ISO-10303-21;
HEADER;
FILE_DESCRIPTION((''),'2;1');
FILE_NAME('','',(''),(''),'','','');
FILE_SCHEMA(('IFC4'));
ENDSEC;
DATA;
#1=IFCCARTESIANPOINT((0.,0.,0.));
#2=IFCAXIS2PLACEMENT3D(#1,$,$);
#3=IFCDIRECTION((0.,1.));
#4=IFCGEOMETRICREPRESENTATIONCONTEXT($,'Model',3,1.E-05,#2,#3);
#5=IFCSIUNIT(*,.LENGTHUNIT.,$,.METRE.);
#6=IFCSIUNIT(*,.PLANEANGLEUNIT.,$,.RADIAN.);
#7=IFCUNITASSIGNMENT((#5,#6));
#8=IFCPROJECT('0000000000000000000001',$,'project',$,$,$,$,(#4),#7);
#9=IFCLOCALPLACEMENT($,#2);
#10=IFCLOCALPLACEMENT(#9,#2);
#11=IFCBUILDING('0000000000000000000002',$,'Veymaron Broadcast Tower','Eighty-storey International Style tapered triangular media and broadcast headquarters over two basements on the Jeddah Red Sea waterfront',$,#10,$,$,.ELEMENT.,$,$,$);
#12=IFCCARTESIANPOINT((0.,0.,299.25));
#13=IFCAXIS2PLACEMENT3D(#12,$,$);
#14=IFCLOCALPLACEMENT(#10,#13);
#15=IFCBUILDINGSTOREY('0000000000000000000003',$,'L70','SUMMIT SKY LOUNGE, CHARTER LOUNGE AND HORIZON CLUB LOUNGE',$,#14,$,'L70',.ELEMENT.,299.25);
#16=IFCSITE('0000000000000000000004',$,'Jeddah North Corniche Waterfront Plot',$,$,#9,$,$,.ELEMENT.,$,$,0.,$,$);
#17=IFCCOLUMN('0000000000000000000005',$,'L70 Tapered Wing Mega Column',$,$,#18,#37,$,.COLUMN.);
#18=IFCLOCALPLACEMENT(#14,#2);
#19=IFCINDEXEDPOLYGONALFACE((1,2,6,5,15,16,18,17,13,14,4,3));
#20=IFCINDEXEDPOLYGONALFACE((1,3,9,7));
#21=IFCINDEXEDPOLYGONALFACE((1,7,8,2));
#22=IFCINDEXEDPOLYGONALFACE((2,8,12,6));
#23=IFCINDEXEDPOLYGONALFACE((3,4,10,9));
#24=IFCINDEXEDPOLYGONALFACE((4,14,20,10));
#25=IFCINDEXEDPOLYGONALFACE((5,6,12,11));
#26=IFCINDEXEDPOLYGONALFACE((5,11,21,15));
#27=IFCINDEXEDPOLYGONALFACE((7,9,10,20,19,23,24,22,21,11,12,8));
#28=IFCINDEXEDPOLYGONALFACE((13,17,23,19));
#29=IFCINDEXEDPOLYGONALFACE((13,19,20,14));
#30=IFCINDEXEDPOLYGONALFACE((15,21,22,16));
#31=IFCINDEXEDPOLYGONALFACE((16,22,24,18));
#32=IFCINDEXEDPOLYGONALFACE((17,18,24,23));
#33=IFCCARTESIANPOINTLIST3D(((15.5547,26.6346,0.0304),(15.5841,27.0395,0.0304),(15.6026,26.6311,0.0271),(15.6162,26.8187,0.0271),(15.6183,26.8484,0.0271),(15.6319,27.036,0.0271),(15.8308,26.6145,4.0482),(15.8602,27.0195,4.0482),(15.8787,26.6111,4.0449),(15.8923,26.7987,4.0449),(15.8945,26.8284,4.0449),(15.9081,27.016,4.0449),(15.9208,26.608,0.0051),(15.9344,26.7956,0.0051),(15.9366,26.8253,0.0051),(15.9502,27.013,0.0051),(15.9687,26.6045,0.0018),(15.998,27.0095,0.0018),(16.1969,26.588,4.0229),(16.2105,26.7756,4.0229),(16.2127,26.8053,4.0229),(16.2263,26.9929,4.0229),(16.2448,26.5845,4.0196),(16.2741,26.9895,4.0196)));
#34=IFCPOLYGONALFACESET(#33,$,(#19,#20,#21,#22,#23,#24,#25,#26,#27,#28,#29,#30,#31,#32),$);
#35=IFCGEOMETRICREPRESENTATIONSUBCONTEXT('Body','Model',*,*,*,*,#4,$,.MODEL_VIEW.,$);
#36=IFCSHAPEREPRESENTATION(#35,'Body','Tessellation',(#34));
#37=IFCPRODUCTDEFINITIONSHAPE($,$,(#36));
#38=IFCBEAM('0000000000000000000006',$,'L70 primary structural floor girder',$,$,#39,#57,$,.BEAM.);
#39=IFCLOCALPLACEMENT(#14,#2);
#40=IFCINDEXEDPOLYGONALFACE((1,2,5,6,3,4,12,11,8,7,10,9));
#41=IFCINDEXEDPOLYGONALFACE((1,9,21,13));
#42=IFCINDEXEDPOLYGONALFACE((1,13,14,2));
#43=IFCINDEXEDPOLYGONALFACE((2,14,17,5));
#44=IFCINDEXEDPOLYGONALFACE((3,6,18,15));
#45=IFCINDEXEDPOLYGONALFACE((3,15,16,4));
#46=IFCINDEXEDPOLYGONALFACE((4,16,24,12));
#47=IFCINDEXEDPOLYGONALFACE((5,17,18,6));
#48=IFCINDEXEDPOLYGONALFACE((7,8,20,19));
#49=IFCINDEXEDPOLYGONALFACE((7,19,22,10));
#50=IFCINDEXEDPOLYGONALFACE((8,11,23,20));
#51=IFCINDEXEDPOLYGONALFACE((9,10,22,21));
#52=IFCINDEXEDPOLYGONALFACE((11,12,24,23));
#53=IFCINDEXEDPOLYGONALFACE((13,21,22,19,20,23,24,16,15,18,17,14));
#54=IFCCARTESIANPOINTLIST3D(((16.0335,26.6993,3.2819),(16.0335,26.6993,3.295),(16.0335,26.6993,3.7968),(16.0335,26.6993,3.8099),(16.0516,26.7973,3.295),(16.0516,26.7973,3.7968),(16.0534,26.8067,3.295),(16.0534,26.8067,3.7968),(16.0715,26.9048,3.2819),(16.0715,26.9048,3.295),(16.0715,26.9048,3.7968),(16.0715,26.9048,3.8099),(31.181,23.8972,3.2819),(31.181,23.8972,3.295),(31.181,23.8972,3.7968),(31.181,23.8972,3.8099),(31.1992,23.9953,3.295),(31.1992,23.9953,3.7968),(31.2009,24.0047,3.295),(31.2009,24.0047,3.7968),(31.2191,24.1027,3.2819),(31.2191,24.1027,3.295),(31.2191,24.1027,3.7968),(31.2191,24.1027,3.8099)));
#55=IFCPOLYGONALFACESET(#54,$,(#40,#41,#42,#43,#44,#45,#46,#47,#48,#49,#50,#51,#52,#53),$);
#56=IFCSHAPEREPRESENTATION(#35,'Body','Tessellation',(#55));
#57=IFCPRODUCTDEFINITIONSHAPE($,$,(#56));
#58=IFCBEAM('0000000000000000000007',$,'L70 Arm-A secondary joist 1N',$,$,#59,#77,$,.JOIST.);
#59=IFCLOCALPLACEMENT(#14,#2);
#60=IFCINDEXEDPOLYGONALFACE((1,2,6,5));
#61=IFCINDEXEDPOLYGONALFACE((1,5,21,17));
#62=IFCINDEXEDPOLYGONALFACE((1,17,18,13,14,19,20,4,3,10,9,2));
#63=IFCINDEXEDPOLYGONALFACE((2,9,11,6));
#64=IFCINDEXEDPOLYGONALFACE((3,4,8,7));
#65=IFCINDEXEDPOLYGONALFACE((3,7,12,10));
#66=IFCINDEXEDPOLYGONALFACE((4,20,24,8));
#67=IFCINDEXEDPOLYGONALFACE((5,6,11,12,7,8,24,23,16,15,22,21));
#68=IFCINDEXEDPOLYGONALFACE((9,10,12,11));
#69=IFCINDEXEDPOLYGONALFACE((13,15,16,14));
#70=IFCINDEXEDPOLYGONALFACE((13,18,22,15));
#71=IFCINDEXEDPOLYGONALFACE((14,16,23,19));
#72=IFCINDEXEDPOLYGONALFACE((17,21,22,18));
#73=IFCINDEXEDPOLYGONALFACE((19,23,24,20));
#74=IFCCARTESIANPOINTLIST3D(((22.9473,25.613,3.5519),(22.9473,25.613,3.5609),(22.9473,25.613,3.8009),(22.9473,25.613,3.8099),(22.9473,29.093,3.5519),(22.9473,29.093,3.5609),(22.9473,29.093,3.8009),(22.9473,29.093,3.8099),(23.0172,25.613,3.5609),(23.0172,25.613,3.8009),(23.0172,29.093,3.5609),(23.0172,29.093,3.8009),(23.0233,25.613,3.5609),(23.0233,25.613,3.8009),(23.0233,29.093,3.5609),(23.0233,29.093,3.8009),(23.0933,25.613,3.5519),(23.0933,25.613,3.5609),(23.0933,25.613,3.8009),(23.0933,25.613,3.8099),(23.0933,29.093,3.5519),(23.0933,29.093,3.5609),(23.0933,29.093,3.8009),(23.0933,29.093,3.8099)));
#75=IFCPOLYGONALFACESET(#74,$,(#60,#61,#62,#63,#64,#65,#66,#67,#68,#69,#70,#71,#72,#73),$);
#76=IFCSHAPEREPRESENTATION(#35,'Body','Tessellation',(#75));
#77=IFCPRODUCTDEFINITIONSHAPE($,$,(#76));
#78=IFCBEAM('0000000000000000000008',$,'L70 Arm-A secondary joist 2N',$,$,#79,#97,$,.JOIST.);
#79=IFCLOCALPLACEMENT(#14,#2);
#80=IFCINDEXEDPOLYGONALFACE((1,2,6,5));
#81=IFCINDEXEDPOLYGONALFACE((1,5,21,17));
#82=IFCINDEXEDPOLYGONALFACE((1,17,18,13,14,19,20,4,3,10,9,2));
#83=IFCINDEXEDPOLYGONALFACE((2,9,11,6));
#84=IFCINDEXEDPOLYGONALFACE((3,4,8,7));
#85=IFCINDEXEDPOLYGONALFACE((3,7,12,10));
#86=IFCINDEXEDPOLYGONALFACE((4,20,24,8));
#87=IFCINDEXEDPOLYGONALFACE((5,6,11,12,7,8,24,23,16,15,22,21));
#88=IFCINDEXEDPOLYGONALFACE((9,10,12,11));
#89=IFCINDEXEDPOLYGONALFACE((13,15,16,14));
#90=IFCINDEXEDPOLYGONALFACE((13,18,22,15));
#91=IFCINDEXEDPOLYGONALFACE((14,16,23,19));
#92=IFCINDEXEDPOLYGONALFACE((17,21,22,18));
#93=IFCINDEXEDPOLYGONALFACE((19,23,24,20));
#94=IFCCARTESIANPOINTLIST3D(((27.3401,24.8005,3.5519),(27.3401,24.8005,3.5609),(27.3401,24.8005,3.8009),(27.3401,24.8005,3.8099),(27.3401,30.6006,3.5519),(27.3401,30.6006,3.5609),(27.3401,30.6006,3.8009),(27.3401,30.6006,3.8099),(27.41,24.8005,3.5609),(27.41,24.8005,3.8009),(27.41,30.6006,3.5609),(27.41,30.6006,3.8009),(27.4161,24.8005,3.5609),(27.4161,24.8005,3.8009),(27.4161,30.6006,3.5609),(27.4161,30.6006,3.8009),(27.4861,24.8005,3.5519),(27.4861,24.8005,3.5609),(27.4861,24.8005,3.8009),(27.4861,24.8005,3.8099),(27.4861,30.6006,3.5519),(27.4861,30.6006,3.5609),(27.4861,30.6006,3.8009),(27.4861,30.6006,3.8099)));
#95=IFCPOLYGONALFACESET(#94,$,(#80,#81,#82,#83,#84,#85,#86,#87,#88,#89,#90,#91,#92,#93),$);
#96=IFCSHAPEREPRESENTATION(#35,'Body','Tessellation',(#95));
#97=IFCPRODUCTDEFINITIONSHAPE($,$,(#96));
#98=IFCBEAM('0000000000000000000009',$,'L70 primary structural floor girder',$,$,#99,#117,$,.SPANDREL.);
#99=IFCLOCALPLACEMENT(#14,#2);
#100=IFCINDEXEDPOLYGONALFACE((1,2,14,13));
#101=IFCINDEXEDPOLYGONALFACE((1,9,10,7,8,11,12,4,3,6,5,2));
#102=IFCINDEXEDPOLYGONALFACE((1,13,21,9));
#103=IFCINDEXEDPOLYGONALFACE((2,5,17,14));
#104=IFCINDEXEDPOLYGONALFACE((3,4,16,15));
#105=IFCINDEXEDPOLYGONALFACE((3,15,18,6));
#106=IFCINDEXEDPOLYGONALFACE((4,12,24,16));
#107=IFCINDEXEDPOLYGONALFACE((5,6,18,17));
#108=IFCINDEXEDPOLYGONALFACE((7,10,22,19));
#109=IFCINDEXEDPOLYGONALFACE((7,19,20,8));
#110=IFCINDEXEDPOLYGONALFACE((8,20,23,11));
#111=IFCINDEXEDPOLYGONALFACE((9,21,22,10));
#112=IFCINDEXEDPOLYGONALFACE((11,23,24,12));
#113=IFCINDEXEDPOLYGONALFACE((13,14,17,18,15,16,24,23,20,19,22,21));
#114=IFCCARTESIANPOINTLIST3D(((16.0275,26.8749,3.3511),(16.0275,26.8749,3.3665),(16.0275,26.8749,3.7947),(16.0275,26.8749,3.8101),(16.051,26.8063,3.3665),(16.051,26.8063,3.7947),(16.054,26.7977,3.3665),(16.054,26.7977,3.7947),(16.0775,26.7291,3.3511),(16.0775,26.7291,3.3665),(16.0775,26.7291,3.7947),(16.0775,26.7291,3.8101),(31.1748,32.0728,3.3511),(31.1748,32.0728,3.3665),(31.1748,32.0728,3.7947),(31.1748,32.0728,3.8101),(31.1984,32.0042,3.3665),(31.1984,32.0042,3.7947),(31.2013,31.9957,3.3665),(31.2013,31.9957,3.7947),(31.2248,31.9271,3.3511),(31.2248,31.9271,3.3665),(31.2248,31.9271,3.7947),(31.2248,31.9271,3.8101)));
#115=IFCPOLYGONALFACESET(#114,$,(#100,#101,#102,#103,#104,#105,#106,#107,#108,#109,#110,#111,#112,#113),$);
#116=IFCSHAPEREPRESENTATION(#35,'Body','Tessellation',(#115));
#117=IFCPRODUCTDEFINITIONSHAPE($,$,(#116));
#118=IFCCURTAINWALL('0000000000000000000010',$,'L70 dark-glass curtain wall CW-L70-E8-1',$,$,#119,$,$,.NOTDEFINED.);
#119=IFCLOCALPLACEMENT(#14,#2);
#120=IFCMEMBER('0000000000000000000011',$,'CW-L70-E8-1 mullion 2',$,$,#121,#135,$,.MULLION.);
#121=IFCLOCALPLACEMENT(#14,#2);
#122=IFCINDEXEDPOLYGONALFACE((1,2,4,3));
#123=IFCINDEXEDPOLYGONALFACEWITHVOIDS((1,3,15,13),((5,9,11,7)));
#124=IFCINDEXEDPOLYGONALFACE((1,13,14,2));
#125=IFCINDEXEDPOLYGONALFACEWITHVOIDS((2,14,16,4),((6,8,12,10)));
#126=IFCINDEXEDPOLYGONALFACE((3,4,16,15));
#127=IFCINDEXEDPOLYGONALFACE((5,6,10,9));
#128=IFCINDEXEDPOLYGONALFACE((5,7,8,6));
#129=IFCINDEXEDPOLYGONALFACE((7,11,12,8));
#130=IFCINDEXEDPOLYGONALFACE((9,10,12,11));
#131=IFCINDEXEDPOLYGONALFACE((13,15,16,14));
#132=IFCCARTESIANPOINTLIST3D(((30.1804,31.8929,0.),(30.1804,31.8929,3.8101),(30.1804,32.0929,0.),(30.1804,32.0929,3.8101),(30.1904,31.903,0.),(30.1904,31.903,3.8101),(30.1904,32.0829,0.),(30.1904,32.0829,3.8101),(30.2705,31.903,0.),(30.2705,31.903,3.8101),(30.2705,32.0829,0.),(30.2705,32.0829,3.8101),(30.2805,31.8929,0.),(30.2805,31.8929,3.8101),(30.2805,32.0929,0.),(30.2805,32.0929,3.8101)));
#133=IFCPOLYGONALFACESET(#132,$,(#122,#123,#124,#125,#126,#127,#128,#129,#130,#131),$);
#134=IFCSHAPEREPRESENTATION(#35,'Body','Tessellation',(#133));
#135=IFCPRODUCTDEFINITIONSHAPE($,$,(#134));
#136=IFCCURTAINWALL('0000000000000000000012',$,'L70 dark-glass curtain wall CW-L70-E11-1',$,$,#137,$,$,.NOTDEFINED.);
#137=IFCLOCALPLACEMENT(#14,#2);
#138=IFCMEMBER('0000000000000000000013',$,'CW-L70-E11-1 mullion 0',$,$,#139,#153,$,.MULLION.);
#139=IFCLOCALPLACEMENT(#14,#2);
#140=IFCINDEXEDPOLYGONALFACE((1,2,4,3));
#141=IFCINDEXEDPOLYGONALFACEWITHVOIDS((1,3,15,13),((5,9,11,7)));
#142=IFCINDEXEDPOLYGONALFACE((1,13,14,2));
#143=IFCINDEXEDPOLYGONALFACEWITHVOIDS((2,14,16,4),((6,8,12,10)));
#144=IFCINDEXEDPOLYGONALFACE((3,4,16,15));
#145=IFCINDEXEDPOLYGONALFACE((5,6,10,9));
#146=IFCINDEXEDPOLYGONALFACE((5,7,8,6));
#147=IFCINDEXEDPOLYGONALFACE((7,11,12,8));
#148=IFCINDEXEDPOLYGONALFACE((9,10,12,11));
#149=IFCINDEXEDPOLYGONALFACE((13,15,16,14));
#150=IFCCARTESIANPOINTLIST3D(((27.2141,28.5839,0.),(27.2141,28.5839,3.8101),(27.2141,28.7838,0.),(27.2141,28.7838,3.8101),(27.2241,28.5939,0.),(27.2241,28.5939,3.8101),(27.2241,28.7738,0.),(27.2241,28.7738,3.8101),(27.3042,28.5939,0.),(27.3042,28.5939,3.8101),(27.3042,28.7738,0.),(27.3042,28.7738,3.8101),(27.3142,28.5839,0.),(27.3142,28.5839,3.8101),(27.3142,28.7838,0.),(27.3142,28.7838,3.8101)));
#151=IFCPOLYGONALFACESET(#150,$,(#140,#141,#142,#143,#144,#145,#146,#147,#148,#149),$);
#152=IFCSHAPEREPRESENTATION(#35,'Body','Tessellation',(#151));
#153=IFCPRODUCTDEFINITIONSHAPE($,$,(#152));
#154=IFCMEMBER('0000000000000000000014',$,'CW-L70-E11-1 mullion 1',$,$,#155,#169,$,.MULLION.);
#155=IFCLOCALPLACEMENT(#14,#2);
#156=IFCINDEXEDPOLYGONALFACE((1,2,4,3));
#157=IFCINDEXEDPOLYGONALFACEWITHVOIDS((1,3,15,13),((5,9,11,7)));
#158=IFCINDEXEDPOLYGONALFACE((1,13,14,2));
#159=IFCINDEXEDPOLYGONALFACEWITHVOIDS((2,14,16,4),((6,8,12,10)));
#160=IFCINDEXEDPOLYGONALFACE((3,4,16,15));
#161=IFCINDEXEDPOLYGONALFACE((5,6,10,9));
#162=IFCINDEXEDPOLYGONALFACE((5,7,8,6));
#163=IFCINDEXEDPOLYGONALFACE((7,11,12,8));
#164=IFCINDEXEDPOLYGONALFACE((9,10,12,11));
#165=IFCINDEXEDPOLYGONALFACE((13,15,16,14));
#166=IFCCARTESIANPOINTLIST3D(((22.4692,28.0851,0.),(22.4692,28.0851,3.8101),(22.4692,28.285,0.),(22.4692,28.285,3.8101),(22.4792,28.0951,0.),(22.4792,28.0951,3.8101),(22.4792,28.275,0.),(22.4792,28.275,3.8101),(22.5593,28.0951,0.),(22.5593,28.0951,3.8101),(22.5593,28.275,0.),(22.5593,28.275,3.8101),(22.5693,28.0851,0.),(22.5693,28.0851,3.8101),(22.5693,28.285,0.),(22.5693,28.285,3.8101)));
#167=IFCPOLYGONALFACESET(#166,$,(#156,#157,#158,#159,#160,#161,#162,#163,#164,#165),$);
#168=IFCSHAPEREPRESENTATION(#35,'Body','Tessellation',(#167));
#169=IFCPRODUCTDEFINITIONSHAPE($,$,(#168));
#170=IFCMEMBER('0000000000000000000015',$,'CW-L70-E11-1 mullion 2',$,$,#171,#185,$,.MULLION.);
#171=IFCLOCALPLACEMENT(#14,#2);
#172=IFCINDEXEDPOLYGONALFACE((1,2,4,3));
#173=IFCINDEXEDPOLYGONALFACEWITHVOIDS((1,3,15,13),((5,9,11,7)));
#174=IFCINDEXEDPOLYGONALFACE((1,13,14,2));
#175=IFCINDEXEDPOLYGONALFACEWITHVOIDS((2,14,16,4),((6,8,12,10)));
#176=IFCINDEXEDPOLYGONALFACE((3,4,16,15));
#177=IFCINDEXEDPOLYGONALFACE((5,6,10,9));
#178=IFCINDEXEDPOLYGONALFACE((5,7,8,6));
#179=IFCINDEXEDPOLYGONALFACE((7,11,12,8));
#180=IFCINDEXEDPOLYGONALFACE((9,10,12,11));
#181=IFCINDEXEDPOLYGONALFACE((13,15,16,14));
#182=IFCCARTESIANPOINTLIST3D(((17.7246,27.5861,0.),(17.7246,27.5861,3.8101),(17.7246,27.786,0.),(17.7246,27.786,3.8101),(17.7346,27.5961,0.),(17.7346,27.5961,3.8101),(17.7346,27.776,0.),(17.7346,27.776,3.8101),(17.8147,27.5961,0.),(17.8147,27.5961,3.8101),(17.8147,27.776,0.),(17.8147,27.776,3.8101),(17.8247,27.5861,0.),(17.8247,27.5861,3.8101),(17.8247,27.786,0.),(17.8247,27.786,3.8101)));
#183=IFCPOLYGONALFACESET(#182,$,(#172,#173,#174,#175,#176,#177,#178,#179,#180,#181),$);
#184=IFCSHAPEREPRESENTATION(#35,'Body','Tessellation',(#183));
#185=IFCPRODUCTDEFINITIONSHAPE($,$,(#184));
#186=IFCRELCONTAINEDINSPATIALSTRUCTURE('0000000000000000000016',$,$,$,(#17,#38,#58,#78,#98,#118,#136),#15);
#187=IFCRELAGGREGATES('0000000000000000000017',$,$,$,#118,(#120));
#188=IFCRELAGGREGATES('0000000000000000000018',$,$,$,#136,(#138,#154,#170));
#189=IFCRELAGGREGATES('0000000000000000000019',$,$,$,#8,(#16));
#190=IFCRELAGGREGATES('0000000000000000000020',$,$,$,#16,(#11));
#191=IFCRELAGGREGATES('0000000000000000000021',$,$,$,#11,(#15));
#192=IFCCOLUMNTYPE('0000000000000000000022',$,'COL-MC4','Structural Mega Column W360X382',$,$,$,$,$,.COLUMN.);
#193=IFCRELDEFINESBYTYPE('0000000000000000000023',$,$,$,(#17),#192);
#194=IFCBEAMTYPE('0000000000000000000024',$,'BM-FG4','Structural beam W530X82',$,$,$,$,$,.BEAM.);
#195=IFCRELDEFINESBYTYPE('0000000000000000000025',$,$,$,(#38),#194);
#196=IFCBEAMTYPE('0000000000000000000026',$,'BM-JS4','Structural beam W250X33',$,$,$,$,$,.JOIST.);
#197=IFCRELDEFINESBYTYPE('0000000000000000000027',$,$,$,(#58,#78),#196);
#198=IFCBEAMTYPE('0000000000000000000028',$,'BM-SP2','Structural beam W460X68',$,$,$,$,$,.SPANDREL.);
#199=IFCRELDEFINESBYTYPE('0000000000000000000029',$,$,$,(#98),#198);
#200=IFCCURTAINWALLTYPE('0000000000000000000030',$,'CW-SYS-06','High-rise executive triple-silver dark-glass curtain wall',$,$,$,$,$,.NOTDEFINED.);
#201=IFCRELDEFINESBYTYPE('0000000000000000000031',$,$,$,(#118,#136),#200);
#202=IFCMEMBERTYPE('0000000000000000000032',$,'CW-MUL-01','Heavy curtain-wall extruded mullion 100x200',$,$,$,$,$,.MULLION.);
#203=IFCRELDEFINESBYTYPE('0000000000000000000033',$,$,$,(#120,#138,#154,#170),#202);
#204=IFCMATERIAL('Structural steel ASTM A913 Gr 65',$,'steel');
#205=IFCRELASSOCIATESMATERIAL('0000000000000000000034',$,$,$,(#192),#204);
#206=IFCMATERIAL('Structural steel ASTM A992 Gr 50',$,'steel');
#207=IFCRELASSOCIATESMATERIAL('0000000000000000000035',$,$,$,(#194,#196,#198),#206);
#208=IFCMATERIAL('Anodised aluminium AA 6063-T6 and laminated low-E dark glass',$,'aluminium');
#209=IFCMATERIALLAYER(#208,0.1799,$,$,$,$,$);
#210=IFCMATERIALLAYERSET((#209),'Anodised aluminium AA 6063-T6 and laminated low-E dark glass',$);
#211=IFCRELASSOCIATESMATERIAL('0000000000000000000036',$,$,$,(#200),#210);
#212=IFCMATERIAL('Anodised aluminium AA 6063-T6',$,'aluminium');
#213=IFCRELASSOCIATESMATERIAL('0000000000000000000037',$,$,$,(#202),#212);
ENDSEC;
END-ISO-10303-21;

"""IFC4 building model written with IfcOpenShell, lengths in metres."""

from ifc_helpers import new_model, si_unit, direction, frame, origin, origin_2d, place, context, subcontext, project, spatial, hollow_rectangle, i_section, extrude, material, layer, layer_set, material_profile, profile_set, type_object, element, aggregate, save


model = new_model("IFC4")

# Units and contexts
model_context = context("Model", 3, precision=1e-05, world=origin(), true_north=direction((0.0, 1.0)))
body_context = subcontext(model_context, "Body", "Model", "MODEL_VIEW")
ifc_project = project(units=[si_unit("LENGTHUNIT", "METRE"), si_unit("PLANEANGLEUNIT", "RADIAN")], contexts=[model_context])

# Site, building, storey
site_placement = place(None, origin())
site = spatial("IfcSite", under=ifc_project, at=site_placement, Name="Jeddah North Corniche Waterfront Plot", CompositionType="ELEMENT", RefElevation=0.0)
building_placement = place(site_placement, origin())
building = spatial("IfcBuilding", under=site, at=building_placement, Name="Veymaron Broadcast Tower", Description="Eighty-storey International Style tapered triangular media and broadcast headquarters over two basements on the Jeddah Red Sea waterfront", CompositionType="ELEMENT")
storey_placement = place(building_placement, frame((0.0, 0.0, 299.25)))
storey = spatial("IfcBuildingStorey", under=building, at=storey_placement, Name="L70", Description="SUMMIT SKY LOUNGE, CHARTER LOUNGE AND HORIZON CLUB LOUNGE", LongName="L70", CompositionType="ELEMENT", Elevation=299.25)

# Column
ifc_material_1 = material(Name="Structural steel ASTM A913 Gr 65", Category="steel")
ifc_material_profile_1 = material_profile(ifc_material_1, i_section(OverallWidth=0.406, OverallDepth=0.416, WebThickness=0.0298, FlangeThickness=0.0481, at=origin_2d()), Name="W360X382")
ifc_profile_set_1 = profile_set([ifc_material_profile_1], Name="Structural steel ASTM A913 Gr 65")
column_type = type_object("IfcColumnType", Name="COL-MC4", Description="Structural Mega Column W360X382", PredefinedType="COLUMN", material=ifc_profile_set_1)
column_placement = place(storey_placement, frame((15.7764, 26.822, 0.0161), z_axis=(0.068562, -0.004971, 0.997634), x_axis=(0.072312, 0.997382, 0.0)))
element("IfcColumn", 1, at=column_placement, inside=storey, type_object=column_type, Name="L70 Tapered Wing Mega Column", PredefinedType="COLUMN", context=body_context, shape_type="SweptSolid", body=[
    extrude(i_section(OverallWidth=0.406, OverallDepth=0.416, WebThickness=0.0298, FlangeThickness=0.0481, at=origin_2d()), origin(), (0.0, 0.0, 1.0), 4.0273),
])

# Beams
ifc_material_2 = material(Name="Structural steel ASTM A992 Gr 50", Category="steel")
ifc_material_profile_2 = material_profile(ifc_material_2, i_section(OverallWidth=0.209, OverallDepth=0.5281, WebThickness=0.0095, FlangeThickness=0.0132, at=origin_2d()), Name="W530X82")
ifc_profile_set_2 = profile_set([ifc_material_profile_2], Name="Structural steel ASTM A992 Gr 50")
beam_type_1 = type_object("IfcBeamType", Name="BM-FG4", Description="Structural beam W530X82", PredefinedType="BEAM", material=ifc_profile_set_2)
beam_1_placement = place(storey_placement, frame((16.0525, 26.802, 3.5459), z_axis=(0.983318, -0.181896, 0.0), x_axis=(0.181896, 0.983318, 0.0)))
element("IfcBeam", 2, at=beam_1_placement, inside=storey, type_object=beam_type_1, Name="L70 primary structural floor girder", PredefinedType="BEAM", context=body_context, shape_type="SweptSolid", body=[
    extrude(i_section(OverallWidth=0.209, OverallDepth=0.5281, WebThickness=0.0095, FlangeThickness=0.0132, at=origin_2d()), origin(), (0.0, 0.0, 1.0), 15.4045),
])
ifc_material_profile_3 = material_profile(ifc_material_2, i_section(OverallWidth=0.146, OverallDepth=0.2581, WebThickness=0.0061, FlangeThickness=0.009, at=origin_2d()), Name="W250X33")
ifc_profile_set_3 = profile_set([ifc_material_profile_3], Name="Structural steel ASTM A992 Gr 50")
beam_type_2 = type_object("IfcBeamType", Name="BM-JS4", Description="Structural beam W250X33", PredefinedType="JOIST", material=ifc_profile_set_3)
beam_2_placement = place(storey_placement, frame((23.0203, 25.613, 3.6809), z_axis=(0.0, 1.0, 0.0), x_axis=(-1.0, 0.0, 0.0)))
element("IfcBeam", 3, at=beam_2_placement, inside=storey, type_object=beam_type_2, Name="L70 Arm-A secondary joist 1N", PredefinedType="JOIST", context=body_context, shape_type="SweptSolid", body=[
    extrude(i_section(OverallWidth=0.146, OverallDepth=0.2581, WebThickness=0.0061, FlangeThickness=0.009, at=origin_2d()), origin(), (0.0, 0.0, 1.0), 3.48),
])
beam_3_placement = place(storey_placement, frame((27.4131, 24.8005, 3.6809), z_axis=(0.0, 1.0, 0.0), x_axis=(-1.0, 0.0, 0.0)))
element("IfcBeam", 4, at=beam_3_placement, inside=storey, type_object=beam_type_2, Name="L70 Arm-A secondary joist 2N", PredefinedType="JOIST", context=body_context, shape_type="SweptSolid", body=[
    extrude(i_section(OverallWidth=0.146, OverallDepth=0.2581, WebThickness=0.0061, FlangeThickness=0.009, at=origin_2d()), origin(), (0.0, 0.0, 1.0), 5.8),
])
ifc_material_profile_4 = material_profile(ifc_material_2, i_section(OverallWidth=0.1541, OverallDepth=0.459, WebThickness=0.009, FlangeThickness=0.0154, at=origin_2d()), Name="W460X68")
ifc_profile_set_4 = profile_set([ifc_material_profile_4], Name="Structural steel ASTM A992 Gr 50")
beam_type_3 = type_object("IfcBeamType", Name="BM-SP2", Description="Structural beam W460X68", PredefinedType="SPANDREL", material=ifc_profile_set_4)
beam_4_placement = place(storey_placement, frame((16.0525, 26.802, 3.5806), z_axis=(0.945858, 0.32458, 0.0), x_axis=(-0.32458, 0.945858, 0.0)))
element("IfcBeam", 5, at=beam_4_placement, inside=storey, type_object=beam_type_3, Name="L70 primary structural floor girder", PredefinedType="SPANDREL", context=body_context, shape_type="SweptSolid", body=[
    extrude(i_section(OverallWidth=0.1541, OverallDepth=0.459, WebThickness=0.009, FlangeThickness=0.0154, at=origin_2d()), origin(), (0.0, 0.0, 1.0), 16.0144),
])

# Curtain wall, member
ifc_material_3 = material(Name="Anodised aluminium AA 6063-T6 and laminated low-E dark glass", Category="aluminium")
ifc_layer_1 = layer(ifc_material_3, 0.1799)
ifc_layer_set_1 = layer_set([ifc_layer_1], Name="Anodised aluminium AA 6063-T6 and laminated low-E dark glass")
curtain_wall_type = type_object("IfcCurtainWallType", Name="CW-SYS-06", Description="High-rise executive triple-silver dark-glass curtain wall", PredefinedType="NOTDEFINED", material=ifc_layer_set_1)
curtain_wall_1_placement = place(storey_placement, origin())
curtain_wall_1 = element("IfcCurtainWall", 6, at=curtain_wall_1_placement, inside=storey, type_object=curtain_wall_type, Name="L70 dark-glass curtain wall CW-L70-E8-1", PredefinedType="NOTDEFINED")
ifc_material_4 = material(Name="Anodised aluminium AA 6063-T6", Category="aluminium")
ifc_material_profile_5 = material_profile(ifc_material_4, hollow_rectangle(XDim=0.1001, YDim=0.2, WallThickness=0.01, at=origin_2d()), Name="RHS200X100X10")
ifc_profile_set_5 = profile_set([ifc_material_profile_5], Name="Anodised aluminium AA 6063-T6")
member_type_1 = type_object("IfcMemberType", Name="CW-MUL-01", Description="Heavy curtain-wall extruded mullion 100x200", PredefinedType="MULLION", material=ifc_profile_set_5)
member_1_placement = place(storey_placement, frame((30.2305, 31.9929, 0.0), z_axis=(0.0, 0.0, 1.0), x_axis=(1.0, 0.0, 0.0)))
member_1 = element("IfcMember", 7, at=member_1_placement, type_object=member_type_1, Name="CW-L70-E8-1 mullion 2", PredefinedType="MULLION", context=body_context, shape_type="SweptSolid", body=[
    extrude(hollow_rectangle(XDim=0.1001, YDim=0.2, WallThickness=0.01, at=origin_2d()), origin(), (0.0, 0.0, 1.0), 3.8101),
])
aggregate(curtain_wall_1, [member_1])

# Curtain wall, members
curtain_wall_2_placement = place(storey_placement, origin())
curtain_wall_2 = element("IfcCurtainWall", 8, at=curtain_wall_2_placement, inside=storey, type_object=curtain_wall_type, Name="L70 dark-glass curtain wall CW-L70-E11-1", PredefinedType="NOTDEFINED")
member_2_placement = place(storey_placement, frame((27.2642, 28.6838, 0.0), z_axis=(0.0, 0.0, 1.0), x_axis=(1.0, 0.0, 0.0)))
member_2 = element("IfcMember", 9, at=member_2_placement, type_object=member_type_1, Name="CW-L70-E11-1 mullion 0", PredefinedType="MULLION", context=body_context, shape_type="SweptSolid", body=[
    extrude(hollow_rectangle(XDim=0.1001, YDim=0.2, WallThickness=0.01, at=origin_2d()), origin(), (0.0, 0.0, 1.0), 3.8101),
])
member_3_placement = place(storey_placement, frame((22.5193, 28.1851, 0.0), z_axis=(0.0, 0.0, 1.0), x_axis=(1.0, 0.0, 0.0)))
member_3 = element("IfcMember", 10, at=member_3_placement, type_object=member_type_1, Name="CW-L70-E11-1 mullion 1", PredefinedType="MULLION", context=body_context, shape_type="SweptSolid", body=[
    extrude(hollow_rectangle(XDim=0.1001, YDim=0.2, WallThickness=0.01, at=origin_2d()), origin(), (0.0, 0.0, 1.0), 3.8101),
])
member_4_placement = place(storey_placement, frame((17.7747, 27.686, 0.0), z_axis=(0.0, 0.0, 1.0), x_axis=(1.0, 0.0, 0.0)))
member_4 = element("IfcMember", 11, at=member_4_placement, type_object=member_type_1, Name="CW-L70-E11-1 mullion 2", PredefinedType="MULLION", context=body_context, shape_type="SweptSolid", body=[
    extrude(hollow_rectangle(XDim=0.1001, YDim=0.2, WallThickness=0.01, at=origin_2d()), origin(), (0.0, 0.0, 1.0), 3.8101),
])
aggregate(curtain_wall_2, [member_2, member_3, member_4])

save(model, "model.ifc")
